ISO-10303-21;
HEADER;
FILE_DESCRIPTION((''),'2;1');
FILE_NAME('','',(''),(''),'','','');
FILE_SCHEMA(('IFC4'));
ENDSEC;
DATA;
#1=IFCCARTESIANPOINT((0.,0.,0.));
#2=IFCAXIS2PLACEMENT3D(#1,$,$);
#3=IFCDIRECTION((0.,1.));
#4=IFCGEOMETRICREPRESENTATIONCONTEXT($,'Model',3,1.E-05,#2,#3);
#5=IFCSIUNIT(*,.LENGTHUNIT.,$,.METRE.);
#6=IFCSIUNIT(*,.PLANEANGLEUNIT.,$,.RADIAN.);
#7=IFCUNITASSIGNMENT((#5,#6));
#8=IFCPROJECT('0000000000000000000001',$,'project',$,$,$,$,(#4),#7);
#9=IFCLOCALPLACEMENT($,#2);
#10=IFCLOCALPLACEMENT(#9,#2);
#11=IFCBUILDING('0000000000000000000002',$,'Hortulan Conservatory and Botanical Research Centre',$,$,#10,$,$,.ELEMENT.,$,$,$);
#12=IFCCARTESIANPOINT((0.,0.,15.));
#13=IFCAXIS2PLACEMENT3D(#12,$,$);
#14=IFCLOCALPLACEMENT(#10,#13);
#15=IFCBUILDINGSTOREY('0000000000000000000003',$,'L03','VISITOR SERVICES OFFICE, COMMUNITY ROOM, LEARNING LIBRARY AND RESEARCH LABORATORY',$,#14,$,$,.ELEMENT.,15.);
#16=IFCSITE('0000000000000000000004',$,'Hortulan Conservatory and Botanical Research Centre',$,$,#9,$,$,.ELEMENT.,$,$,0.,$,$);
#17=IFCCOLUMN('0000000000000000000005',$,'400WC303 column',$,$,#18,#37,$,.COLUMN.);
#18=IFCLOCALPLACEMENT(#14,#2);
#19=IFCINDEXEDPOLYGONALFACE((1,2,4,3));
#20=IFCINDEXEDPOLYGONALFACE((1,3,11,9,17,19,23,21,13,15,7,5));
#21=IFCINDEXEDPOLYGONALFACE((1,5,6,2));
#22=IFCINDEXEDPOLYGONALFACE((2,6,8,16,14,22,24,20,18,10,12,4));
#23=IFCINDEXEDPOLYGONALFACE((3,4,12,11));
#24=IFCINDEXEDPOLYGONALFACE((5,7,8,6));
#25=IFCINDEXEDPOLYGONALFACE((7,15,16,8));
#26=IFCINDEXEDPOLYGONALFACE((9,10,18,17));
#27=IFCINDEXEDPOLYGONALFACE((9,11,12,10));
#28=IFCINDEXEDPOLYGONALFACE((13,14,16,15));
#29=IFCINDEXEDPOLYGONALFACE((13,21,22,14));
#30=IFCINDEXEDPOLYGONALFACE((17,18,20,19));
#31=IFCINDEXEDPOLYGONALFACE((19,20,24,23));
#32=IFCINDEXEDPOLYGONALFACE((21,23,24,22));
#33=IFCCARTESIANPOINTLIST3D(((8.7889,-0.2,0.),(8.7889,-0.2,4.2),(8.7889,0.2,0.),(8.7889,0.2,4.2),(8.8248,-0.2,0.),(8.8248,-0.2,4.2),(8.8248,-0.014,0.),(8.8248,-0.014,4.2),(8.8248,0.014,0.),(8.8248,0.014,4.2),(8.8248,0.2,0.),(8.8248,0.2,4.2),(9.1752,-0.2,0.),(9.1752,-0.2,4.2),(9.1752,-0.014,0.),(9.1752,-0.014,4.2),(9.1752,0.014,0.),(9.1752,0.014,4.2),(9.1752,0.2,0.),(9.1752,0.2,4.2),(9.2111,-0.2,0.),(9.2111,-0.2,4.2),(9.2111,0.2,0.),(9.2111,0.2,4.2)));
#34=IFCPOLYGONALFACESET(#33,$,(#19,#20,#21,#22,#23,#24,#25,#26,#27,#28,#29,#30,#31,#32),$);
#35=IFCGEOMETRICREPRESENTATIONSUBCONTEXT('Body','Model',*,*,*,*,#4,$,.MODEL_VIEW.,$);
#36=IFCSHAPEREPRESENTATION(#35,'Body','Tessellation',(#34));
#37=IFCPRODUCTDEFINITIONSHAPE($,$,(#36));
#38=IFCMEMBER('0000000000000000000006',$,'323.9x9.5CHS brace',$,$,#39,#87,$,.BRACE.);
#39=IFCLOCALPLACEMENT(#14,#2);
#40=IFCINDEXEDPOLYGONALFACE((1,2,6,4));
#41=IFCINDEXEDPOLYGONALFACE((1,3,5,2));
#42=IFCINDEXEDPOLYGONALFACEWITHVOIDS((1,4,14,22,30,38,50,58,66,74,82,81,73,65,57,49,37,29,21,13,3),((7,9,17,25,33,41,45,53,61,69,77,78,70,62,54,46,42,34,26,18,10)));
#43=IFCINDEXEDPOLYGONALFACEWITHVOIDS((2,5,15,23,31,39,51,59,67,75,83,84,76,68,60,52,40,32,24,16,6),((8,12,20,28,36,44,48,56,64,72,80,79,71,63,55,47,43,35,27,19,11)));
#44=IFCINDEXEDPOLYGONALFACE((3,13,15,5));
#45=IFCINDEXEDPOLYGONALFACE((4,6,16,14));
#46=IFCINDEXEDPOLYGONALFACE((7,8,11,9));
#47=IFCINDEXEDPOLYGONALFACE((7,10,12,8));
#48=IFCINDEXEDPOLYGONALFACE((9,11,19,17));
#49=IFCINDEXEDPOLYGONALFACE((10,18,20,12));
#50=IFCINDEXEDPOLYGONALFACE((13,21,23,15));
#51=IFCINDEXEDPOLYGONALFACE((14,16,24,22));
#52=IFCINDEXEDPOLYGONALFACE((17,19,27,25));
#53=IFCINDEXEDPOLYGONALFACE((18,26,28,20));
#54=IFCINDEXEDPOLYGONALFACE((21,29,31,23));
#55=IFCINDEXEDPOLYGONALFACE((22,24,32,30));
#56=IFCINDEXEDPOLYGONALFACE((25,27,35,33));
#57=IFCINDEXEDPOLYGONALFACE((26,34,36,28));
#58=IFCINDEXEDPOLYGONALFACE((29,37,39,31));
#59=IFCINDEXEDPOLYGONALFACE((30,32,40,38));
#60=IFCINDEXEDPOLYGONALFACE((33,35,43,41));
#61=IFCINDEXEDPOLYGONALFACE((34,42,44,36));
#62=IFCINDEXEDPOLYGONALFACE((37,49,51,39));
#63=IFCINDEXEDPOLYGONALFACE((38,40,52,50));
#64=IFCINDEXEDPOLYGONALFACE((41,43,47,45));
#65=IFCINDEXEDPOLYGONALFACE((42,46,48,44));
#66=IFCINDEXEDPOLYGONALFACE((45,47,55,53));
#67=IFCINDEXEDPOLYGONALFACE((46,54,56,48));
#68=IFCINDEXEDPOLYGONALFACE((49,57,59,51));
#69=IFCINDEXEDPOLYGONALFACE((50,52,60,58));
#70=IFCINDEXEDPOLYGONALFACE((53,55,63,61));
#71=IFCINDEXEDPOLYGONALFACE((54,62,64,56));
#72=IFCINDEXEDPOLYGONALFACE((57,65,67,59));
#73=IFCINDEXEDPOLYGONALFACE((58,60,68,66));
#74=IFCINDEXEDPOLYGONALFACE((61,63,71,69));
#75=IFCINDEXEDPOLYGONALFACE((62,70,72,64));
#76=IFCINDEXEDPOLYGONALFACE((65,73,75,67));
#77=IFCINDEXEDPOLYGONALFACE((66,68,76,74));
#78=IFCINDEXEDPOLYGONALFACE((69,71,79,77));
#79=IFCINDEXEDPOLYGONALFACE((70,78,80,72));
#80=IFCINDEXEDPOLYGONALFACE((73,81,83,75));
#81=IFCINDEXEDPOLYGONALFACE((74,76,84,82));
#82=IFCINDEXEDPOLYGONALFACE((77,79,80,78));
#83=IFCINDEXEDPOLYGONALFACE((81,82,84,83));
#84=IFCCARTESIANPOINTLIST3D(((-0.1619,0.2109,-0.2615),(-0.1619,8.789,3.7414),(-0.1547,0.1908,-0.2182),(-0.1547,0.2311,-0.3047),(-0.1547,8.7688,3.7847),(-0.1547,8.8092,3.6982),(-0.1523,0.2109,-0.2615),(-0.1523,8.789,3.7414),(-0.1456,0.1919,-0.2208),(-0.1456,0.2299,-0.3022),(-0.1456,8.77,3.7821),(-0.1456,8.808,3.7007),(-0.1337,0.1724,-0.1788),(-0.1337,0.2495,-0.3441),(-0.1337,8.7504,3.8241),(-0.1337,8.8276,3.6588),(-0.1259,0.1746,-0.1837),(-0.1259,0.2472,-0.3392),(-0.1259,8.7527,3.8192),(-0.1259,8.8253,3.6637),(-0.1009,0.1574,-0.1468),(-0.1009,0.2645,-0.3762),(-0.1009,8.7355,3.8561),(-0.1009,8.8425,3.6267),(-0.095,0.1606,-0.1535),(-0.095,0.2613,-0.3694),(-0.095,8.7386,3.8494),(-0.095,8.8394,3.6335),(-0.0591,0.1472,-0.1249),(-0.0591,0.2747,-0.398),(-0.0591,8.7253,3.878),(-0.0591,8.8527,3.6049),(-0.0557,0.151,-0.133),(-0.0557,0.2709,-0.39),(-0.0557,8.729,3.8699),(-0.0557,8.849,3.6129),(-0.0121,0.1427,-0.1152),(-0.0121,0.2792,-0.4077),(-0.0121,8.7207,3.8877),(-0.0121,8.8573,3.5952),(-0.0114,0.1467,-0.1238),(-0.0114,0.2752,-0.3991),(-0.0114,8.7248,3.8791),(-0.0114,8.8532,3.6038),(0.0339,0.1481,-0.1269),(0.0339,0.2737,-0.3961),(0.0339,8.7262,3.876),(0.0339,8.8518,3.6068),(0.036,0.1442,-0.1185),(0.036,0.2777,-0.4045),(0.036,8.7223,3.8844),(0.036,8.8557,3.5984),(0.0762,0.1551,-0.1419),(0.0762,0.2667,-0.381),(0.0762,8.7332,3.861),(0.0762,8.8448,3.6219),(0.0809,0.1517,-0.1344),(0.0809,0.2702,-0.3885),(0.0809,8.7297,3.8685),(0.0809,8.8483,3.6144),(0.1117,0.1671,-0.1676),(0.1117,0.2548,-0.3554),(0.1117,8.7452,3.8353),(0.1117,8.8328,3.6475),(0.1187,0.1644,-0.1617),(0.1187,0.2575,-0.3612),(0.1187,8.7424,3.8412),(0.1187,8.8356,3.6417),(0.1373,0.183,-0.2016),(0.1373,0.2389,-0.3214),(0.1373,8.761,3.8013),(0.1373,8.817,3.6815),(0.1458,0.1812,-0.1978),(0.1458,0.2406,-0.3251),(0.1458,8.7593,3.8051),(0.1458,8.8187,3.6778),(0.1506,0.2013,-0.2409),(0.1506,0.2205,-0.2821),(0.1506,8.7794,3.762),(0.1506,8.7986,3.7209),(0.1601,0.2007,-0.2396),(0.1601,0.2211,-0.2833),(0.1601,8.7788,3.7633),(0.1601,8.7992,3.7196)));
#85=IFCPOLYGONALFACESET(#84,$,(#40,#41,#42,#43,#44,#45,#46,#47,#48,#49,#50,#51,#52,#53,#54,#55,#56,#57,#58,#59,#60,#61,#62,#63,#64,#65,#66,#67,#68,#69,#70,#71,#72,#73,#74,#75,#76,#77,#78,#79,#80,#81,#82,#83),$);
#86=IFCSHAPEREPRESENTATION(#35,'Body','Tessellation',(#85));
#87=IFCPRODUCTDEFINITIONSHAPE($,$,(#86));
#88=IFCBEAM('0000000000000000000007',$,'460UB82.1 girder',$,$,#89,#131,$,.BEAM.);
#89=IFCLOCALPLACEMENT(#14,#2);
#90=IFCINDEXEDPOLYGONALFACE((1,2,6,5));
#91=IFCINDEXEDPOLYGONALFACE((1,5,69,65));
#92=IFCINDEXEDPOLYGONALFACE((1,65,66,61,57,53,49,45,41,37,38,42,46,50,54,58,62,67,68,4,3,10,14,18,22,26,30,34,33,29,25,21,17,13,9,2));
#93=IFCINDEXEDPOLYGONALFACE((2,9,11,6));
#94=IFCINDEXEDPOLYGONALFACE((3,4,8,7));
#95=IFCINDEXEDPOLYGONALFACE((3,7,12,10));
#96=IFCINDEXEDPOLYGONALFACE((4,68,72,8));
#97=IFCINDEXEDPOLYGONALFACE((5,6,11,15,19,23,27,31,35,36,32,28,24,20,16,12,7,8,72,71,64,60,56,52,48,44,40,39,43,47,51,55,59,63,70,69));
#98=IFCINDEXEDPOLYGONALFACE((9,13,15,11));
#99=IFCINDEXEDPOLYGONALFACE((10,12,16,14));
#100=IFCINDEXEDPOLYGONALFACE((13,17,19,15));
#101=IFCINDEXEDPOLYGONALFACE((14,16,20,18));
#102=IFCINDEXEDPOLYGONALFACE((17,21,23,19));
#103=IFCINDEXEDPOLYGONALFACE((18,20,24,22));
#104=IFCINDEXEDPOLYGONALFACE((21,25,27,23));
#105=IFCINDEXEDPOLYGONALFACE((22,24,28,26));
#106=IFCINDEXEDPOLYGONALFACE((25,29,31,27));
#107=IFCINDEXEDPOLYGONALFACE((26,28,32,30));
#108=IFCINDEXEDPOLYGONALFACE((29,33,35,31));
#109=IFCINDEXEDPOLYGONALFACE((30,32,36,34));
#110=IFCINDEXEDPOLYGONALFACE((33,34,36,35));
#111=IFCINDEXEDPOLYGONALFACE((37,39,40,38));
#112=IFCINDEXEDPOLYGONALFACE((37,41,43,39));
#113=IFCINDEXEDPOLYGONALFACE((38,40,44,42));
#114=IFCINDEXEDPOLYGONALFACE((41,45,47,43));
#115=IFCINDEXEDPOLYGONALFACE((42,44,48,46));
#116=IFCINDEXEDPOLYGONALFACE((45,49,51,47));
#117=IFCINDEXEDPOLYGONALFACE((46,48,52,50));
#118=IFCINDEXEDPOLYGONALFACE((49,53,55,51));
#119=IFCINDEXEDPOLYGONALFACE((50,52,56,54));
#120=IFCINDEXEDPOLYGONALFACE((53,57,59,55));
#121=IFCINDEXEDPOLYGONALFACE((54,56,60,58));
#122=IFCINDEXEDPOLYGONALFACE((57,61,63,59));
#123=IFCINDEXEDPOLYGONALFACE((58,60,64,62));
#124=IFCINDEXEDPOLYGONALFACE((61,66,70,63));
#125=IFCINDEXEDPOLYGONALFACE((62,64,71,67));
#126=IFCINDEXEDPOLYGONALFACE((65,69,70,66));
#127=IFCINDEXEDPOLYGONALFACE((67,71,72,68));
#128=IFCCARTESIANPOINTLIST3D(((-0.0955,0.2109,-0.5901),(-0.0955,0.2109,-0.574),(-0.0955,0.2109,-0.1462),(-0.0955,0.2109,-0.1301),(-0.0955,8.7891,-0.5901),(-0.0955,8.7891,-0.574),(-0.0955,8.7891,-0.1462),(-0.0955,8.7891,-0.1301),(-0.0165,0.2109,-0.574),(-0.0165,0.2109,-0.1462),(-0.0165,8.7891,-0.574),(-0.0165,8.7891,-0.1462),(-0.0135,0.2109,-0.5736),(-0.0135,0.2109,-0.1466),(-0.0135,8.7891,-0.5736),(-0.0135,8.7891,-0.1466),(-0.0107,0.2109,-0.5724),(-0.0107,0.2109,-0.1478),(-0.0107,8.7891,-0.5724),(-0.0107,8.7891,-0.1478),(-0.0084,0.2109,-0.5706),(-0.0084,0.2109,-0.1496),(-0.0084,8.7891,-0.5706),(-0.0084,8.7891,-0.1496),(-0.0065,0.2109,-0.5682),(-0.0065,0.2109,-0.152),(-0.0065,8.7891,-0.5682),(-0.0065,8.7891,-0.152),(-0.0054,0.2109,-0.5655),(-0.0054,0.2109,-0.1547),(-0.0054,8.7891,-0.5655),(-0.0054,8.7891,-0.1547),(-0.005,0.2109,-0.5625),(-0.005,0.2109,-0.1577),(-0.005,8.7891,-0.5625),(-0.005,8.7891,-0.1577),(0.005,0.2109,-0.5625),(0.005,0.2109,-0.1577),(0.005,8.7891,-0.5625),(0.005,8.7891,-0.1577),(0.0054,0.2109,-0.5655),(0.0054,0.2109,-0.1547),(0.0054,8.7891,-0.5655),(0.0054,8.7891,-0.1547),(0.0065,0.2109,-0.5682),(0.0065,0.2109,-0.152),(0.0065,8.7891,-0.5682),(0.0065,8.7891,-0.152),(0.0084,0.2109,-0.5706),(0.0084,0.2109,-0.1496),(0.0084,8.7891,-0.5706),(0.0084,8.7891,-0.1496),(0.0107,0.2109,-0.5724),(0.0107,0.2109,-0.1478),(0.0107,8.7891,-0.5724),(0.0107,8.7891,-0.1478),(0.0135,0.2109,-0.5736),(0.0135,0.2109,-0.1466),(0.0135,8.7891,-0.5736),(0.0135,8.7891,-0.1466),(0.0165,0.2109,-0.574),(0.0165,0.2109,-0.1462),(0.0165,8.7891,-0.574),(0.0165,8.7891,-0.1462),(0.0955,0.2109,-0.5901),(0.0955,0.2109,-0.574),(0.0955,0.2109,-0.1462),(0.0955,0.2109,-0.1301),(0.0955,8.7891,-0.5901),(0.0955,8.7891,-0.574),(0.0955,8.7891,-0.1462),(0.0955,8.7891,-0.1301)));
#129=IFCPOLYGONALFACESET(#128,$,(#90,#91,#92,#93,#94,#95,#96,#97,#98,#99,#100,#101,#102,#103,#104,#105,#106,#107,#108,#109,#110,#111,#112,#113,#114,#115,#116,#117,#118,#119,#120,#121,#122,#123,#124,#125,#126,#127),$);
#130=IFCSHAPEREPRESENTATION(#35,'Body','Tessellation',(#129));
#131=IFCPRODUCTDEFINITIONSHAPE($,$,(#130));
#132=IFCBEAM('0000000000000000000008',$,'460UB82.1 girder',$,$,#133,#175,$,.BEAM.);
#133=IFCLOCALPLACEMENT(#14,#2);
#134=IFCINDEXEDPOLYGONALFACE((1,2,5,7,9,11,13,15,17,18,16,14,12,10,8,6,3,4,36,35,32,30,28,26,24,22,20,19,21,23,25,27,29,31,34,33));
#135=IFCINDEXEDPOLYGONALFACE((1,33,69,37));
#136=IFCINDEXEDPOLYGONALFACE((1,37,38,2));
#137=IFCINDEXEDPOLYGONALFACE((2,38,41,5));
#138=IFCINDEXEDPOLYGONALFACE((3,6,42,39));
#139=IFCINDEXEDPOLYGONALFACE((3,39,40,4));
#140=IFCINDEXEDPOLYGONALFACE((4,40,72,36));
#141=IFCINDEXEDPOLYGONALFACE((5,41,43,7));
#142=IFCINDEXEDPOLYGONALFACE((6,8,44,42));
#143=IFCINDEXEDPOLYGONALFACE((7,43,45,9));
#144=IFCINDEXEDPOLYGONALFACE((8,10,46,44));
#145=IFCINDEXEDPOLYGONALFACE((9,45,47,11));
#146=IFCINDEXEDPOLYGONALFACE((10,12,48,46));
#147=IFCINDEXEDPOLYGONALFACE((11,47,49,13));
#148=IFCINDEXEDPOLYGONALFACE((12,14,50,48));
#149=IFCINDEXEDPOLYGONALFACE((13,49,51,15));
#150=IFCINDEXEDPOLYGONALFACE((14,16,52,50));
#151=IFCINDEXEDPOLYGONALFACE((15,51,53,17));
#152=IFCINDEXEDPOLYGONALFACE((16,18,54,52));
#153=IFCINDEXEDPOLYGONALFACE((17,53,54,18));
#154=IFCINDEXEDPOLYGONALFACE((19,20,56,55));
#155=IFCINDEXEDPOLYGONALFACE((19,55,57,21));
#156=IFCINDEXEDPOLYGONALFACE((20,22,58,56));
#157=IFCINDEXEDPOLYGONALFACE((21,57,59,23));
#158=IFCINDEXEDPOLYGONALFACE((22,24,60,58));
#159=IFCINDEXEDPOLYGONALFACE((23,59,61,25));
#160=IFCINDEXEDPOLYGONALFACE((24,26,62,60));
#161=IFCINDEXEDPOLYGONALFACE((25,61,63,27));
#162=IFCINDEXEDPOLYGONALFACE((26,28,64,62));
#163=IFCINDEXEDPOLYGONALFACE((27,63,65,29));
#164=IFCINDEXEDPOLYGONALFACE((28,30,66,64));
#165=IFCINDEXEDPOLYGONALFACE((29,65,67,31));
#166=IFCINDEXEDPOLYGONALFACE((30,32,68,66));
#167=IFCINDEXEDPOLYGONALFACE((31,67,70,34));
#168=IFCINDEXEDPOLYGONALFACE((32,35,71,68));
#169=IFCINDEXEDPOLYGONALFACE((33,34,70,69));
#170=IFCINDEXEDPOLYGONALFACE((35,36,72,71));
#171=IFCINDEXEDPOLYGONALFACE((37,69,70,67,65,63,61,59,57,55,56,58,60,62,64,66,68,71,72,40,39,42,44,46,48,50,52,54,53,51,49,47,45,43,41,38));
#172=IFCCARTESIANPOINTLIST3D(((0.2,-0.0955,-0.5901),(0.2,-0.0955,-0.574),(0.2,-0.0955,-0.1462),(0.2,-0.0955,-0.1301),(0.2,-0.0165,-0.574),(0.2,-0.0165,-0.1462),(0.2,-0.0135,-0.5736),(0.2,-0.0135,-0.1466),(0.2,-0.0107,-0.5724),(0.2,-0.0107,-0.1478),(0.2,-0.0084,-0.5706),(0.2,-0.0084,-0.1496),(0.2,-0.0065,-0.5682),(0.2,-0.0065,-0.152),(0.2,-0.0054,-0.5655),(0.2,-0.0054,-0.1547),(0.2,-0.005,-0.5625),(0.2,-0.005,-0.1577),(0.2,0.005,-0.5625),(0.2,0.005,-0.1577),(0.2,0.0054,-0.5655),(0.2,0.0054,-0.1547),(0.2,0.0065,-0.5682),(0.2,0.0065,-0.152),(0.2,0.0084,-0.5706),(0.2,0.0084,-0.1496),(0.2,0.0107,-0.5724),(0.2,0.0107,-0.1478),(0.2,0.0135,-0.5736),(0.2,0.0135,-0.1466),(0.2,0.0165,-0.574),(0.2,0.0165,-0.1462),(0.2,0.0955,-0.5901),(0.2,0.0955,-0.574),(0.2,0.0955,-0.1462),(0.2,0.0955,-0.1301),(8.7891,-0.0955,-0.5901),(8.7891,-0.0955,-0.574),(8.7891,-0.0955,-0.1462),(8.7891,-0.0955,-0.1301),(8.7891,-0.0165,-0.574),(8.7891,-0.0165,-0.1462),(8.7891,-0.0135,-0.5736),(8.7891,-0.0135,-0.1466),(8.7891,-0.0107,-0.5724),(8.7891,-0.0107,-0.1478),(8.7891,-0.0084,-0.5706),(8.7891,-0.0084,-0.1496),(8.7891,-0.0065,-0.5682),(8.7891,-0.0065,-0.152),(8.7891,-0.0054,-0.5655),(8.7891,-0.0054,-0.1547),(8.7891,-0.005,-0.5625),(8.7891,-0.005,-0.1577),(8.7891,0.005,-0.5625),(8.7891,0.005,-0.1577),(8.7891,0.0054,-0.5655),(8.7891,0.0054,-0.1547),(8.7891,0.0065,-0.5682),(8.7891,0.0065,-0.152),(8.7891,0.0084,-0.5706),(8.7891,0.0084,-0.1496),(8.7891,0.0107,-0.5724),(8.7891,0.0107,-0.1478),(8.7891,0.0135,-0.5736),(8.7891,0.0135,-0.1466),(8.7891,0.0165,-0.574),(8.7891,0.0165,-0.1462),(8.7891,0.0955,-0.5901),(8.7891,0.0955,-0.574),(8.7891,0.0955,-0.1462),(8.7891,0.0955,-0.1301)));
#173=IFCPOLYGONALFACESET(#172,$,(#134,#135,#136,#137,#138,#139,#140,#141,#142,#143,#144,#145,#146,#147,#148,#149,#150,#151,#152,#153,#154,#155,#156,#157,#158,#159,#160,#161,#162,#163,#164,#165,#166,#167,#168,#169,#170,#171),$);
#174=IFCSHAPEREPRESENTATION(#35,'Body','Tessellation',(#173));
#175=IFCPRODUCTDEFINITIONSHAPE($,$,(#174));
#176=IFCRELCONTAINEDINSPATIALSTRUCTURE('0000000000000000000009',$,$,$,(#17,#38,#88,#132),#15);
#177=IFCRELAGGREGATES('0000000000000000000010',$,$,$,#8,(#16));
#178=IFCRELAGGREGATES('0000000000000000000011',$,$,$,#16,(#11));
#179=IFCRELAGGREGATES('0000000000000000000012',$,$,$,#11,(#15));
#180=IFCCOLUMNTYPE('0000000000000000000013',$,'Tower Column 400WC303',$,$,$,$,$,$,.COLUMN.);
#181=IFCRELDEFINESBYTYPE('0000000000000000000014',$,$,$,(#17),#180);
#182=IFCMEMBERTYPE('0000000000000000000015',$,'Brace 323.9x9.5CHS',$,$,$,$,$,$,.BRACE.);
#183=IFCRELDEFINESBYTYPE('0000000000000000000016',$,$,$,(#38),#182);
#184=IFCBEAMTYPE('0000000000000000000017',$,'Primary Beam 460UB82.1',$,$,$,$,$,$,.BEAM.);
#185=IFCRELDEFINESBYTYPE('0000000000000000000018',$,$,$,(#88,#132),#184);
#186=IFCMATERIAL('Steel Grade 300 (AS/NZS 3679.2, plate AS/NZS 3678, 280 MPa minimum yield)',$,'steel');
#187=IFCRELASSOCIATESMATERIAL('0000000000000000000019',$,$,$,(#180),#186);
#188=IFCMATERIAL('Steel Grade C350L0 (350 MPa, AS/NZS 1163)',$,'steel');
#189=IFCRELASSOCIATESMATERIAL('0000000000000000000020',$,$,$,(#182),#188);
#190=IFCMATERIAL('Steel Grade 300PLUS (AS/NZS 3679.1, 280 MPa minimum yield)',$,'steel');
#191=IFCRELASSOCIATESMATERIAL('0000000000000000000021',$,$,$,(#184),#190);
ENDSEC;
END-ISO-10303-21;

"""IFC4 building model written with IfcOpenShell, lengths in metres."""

from ifc_helpers import new_model, si_unit, direction, frame, origin, origin_2d, place, context, subcontext, project, spatial, hollow_circle, i_section, extrude, material, material_profile, profile_set, type_object, element, save


model = new_model("IFC4")

# Units and contexts
model_context = context("Model", 3, precision=1e-05, world=origin(), true_north=direction((0.0, 1.0)))
body_context = subcontext(model_context, "Body", "Model", "MODEL_VIEW")
ifc_project = project(units=[si_unit("LENGTHUNIT", "METRE"), si_unit("PLANEANGLEUNIT", "RADIAN")], contexts=[model_context])

# Site, building, storey
site_placement = place(None, origin())
site = spatial("IfcSite", under=ifc_project, at=site_placement, Name="Hortulan Conservatory and Botanical Research Centre", CompositionType="ELEMENT", RefElevation=0.0)
building_placement = place(site_placement, origin())
building = spatial("IfcBuilding", under=site, at=building_placement, Name="Hortulan Conservatory and Botanical Research Centre", CompositionType="ELEMENT")
storey_placement = place(building_placement, frame((0.0, 0.0, 15.0)))
storey = spatial("IfcBuildingStorey", under=building, at=storey_placement, Name="L03", Description="VISITOR SERVICES OFFICE, COMMUNITY ROOM, LEARNING LIBRARY AND RESEARCH LABORATORY", CompositionType="ELEMENT", Elevation=15.0)

# Column
ifc_material_1 = material(Name="Steel Grade 300 (AS/NZS 3679.2, plate AS/NZS 3678, 280 MPa minimum yield)", Category="steel")
ifc_material_profile_1 = material_profile(ifc_material_1, i_section(OverallWidth=0.3999, OverallDepth=0.4221, WebThickness=0.0281, FlangeThickness=0.0359, at=origin_2d()), Name="400WC303")
ifc_profile_set_1 = profile_set([ifc_material_profile_1], Name="Steel Grade 300 (AS/NZS 3679.2, plate AS/NZS 3678, 280 MPa minimum yield)")
column_type = type_object("IfcColumnType", Name="Tower Column 400WC303", PredefinedType="COLUMN", material=ifc_profile_set_1)
column_placement = place(storey_placement, frame((9.0, 0.0, 0.0), z_axis=(0.0, 0.0, 1.0), x_axis=(0.0, 1.0, 0.0)))
element("IfcColumn", 1, at=column_placement, inside=storey, type_object=column_type, Name="400WC303 column", PredefinedType="COLUMN", context=body_context, shape_type="SweptSolid", body=[
    extrude(i_section(OverallWidth=0.3999, OverallDepth=0.4221, WebThickness=0.0281, FlangeThickness=0.0359, at=origin_2d()), origin(), (0.0, 0.0, 1.0), 4.2),
])

# Member
ifc_material_2 = material(Name="Steel Grade C350L0 (350 MPa, AS/NZS 1163)", Category="steel")
ifc_material_profile_2 = material_profile(ifc_material_2, hollow_circle(Radius=0.1619, WallThickness=0.0095, at=origin_2d()), Name="323.9x9.5CHS")
ifc_profile_set_2 = profile_set([ifc_material_profile_2], Name="Steel Grade C350L0 (350 MPa, AS/NZS 1163)")
member_type = type_object("IfcMemberType", Name="Brace 323.9x9.5CHS", PredefinedType="BRACE", material=ifc_profile_set_2)
member_placement = place(storey_placement, frame((0.0, 0.2109, -0.2615), z_axis=(0.0, 0.906191, 0.422869), x_axis=(-1.0, 0.0, 0.0)))
element("IfcMember", 2, at=member_placement, inside=storey, type_object=member_type, Name="323.9x9.5CHS brace", PredefinedType="BRACE", context=body_context, shape_type="SweptSolid", body=[
    extrude(hollow_circle(Radius=0.1619, WallThickness=0.0095, at=origin_2d()), origin(), (0.0, 0.0, 1.0), 9.4661),
])

# Beams
ifc_material_3 = material(Name="Steel Grade 300PLUS (AS/NZS 3679.1, 280 MPa minimum yield)", Category="steel")
ifc_material_profile_3 = material_profile(ifc_material_3, i_section(OverallWidth=0.1909, OverallDepth=0.46, WebThickness=0.01, FlangeThickness=0.0161, FilletRadius=0.0115, at=origin_2d()), Name="460UB82.1")
ifc_profile_set_3 = profile_set([ifc_material_profile_3], Name="Steel Grade 300PLUS (AS/NZS 3679.1, 280 MPa minimum yield)")
beam_type_1 = type_object("IfcBeamType", Name="Primary Beam 460UB82.1", PredefinedType="BEAM", material=ifc_profile_set_3)
beam_1_placement = place(storey_placement, frame((0.0, 0.2109, -0.3601), z_axis=(0.0, 1.0, 0.0), x_axis=(-1.0, 0.0, 0.0)))
element("IfcBeam", 3, at=beam_1_placement, inside=storey, type_object=beam_type_1, Name="460UB82.1 girder", PredefinedType="BEAM", context=body_context, shape_type="SweptSolid", body=[
    extrude(i_section(OverallWidth=0.1909, OverallDepth=0.46, WebThickness=0.01, FlangeThickness=0.0161, FilletRadius=0.0115, at=origin_2d()), origin(), (0.0, 0.0, 1.0), 8.5781),
])
beam_2_placement = place(storey_placement, frame((0.2, 0.0, -0.3601), z_axis=(1.0, 0.0, 0.0), x_axis=(0.0, 1.0, 0.0)))
element("IfcBeam", 4, at=beam_2_placement, inside=storey, type_object=beam_type_1, Name="460UB82.1 girder", PredefinedType="BEAM", context=body_context, shape_type="SweptSolid", body=[
    extrude(i_section(OverallWidth=0.1909, OverallDepth=0.46, WebThickness=0.01, FlangeThickness=0.0161, FilletRadius=0.0115, at=origin_2d()), origin(), (0.0, 0.0, 1.0), 8.5891),
])

save(model, "model.ifc")
